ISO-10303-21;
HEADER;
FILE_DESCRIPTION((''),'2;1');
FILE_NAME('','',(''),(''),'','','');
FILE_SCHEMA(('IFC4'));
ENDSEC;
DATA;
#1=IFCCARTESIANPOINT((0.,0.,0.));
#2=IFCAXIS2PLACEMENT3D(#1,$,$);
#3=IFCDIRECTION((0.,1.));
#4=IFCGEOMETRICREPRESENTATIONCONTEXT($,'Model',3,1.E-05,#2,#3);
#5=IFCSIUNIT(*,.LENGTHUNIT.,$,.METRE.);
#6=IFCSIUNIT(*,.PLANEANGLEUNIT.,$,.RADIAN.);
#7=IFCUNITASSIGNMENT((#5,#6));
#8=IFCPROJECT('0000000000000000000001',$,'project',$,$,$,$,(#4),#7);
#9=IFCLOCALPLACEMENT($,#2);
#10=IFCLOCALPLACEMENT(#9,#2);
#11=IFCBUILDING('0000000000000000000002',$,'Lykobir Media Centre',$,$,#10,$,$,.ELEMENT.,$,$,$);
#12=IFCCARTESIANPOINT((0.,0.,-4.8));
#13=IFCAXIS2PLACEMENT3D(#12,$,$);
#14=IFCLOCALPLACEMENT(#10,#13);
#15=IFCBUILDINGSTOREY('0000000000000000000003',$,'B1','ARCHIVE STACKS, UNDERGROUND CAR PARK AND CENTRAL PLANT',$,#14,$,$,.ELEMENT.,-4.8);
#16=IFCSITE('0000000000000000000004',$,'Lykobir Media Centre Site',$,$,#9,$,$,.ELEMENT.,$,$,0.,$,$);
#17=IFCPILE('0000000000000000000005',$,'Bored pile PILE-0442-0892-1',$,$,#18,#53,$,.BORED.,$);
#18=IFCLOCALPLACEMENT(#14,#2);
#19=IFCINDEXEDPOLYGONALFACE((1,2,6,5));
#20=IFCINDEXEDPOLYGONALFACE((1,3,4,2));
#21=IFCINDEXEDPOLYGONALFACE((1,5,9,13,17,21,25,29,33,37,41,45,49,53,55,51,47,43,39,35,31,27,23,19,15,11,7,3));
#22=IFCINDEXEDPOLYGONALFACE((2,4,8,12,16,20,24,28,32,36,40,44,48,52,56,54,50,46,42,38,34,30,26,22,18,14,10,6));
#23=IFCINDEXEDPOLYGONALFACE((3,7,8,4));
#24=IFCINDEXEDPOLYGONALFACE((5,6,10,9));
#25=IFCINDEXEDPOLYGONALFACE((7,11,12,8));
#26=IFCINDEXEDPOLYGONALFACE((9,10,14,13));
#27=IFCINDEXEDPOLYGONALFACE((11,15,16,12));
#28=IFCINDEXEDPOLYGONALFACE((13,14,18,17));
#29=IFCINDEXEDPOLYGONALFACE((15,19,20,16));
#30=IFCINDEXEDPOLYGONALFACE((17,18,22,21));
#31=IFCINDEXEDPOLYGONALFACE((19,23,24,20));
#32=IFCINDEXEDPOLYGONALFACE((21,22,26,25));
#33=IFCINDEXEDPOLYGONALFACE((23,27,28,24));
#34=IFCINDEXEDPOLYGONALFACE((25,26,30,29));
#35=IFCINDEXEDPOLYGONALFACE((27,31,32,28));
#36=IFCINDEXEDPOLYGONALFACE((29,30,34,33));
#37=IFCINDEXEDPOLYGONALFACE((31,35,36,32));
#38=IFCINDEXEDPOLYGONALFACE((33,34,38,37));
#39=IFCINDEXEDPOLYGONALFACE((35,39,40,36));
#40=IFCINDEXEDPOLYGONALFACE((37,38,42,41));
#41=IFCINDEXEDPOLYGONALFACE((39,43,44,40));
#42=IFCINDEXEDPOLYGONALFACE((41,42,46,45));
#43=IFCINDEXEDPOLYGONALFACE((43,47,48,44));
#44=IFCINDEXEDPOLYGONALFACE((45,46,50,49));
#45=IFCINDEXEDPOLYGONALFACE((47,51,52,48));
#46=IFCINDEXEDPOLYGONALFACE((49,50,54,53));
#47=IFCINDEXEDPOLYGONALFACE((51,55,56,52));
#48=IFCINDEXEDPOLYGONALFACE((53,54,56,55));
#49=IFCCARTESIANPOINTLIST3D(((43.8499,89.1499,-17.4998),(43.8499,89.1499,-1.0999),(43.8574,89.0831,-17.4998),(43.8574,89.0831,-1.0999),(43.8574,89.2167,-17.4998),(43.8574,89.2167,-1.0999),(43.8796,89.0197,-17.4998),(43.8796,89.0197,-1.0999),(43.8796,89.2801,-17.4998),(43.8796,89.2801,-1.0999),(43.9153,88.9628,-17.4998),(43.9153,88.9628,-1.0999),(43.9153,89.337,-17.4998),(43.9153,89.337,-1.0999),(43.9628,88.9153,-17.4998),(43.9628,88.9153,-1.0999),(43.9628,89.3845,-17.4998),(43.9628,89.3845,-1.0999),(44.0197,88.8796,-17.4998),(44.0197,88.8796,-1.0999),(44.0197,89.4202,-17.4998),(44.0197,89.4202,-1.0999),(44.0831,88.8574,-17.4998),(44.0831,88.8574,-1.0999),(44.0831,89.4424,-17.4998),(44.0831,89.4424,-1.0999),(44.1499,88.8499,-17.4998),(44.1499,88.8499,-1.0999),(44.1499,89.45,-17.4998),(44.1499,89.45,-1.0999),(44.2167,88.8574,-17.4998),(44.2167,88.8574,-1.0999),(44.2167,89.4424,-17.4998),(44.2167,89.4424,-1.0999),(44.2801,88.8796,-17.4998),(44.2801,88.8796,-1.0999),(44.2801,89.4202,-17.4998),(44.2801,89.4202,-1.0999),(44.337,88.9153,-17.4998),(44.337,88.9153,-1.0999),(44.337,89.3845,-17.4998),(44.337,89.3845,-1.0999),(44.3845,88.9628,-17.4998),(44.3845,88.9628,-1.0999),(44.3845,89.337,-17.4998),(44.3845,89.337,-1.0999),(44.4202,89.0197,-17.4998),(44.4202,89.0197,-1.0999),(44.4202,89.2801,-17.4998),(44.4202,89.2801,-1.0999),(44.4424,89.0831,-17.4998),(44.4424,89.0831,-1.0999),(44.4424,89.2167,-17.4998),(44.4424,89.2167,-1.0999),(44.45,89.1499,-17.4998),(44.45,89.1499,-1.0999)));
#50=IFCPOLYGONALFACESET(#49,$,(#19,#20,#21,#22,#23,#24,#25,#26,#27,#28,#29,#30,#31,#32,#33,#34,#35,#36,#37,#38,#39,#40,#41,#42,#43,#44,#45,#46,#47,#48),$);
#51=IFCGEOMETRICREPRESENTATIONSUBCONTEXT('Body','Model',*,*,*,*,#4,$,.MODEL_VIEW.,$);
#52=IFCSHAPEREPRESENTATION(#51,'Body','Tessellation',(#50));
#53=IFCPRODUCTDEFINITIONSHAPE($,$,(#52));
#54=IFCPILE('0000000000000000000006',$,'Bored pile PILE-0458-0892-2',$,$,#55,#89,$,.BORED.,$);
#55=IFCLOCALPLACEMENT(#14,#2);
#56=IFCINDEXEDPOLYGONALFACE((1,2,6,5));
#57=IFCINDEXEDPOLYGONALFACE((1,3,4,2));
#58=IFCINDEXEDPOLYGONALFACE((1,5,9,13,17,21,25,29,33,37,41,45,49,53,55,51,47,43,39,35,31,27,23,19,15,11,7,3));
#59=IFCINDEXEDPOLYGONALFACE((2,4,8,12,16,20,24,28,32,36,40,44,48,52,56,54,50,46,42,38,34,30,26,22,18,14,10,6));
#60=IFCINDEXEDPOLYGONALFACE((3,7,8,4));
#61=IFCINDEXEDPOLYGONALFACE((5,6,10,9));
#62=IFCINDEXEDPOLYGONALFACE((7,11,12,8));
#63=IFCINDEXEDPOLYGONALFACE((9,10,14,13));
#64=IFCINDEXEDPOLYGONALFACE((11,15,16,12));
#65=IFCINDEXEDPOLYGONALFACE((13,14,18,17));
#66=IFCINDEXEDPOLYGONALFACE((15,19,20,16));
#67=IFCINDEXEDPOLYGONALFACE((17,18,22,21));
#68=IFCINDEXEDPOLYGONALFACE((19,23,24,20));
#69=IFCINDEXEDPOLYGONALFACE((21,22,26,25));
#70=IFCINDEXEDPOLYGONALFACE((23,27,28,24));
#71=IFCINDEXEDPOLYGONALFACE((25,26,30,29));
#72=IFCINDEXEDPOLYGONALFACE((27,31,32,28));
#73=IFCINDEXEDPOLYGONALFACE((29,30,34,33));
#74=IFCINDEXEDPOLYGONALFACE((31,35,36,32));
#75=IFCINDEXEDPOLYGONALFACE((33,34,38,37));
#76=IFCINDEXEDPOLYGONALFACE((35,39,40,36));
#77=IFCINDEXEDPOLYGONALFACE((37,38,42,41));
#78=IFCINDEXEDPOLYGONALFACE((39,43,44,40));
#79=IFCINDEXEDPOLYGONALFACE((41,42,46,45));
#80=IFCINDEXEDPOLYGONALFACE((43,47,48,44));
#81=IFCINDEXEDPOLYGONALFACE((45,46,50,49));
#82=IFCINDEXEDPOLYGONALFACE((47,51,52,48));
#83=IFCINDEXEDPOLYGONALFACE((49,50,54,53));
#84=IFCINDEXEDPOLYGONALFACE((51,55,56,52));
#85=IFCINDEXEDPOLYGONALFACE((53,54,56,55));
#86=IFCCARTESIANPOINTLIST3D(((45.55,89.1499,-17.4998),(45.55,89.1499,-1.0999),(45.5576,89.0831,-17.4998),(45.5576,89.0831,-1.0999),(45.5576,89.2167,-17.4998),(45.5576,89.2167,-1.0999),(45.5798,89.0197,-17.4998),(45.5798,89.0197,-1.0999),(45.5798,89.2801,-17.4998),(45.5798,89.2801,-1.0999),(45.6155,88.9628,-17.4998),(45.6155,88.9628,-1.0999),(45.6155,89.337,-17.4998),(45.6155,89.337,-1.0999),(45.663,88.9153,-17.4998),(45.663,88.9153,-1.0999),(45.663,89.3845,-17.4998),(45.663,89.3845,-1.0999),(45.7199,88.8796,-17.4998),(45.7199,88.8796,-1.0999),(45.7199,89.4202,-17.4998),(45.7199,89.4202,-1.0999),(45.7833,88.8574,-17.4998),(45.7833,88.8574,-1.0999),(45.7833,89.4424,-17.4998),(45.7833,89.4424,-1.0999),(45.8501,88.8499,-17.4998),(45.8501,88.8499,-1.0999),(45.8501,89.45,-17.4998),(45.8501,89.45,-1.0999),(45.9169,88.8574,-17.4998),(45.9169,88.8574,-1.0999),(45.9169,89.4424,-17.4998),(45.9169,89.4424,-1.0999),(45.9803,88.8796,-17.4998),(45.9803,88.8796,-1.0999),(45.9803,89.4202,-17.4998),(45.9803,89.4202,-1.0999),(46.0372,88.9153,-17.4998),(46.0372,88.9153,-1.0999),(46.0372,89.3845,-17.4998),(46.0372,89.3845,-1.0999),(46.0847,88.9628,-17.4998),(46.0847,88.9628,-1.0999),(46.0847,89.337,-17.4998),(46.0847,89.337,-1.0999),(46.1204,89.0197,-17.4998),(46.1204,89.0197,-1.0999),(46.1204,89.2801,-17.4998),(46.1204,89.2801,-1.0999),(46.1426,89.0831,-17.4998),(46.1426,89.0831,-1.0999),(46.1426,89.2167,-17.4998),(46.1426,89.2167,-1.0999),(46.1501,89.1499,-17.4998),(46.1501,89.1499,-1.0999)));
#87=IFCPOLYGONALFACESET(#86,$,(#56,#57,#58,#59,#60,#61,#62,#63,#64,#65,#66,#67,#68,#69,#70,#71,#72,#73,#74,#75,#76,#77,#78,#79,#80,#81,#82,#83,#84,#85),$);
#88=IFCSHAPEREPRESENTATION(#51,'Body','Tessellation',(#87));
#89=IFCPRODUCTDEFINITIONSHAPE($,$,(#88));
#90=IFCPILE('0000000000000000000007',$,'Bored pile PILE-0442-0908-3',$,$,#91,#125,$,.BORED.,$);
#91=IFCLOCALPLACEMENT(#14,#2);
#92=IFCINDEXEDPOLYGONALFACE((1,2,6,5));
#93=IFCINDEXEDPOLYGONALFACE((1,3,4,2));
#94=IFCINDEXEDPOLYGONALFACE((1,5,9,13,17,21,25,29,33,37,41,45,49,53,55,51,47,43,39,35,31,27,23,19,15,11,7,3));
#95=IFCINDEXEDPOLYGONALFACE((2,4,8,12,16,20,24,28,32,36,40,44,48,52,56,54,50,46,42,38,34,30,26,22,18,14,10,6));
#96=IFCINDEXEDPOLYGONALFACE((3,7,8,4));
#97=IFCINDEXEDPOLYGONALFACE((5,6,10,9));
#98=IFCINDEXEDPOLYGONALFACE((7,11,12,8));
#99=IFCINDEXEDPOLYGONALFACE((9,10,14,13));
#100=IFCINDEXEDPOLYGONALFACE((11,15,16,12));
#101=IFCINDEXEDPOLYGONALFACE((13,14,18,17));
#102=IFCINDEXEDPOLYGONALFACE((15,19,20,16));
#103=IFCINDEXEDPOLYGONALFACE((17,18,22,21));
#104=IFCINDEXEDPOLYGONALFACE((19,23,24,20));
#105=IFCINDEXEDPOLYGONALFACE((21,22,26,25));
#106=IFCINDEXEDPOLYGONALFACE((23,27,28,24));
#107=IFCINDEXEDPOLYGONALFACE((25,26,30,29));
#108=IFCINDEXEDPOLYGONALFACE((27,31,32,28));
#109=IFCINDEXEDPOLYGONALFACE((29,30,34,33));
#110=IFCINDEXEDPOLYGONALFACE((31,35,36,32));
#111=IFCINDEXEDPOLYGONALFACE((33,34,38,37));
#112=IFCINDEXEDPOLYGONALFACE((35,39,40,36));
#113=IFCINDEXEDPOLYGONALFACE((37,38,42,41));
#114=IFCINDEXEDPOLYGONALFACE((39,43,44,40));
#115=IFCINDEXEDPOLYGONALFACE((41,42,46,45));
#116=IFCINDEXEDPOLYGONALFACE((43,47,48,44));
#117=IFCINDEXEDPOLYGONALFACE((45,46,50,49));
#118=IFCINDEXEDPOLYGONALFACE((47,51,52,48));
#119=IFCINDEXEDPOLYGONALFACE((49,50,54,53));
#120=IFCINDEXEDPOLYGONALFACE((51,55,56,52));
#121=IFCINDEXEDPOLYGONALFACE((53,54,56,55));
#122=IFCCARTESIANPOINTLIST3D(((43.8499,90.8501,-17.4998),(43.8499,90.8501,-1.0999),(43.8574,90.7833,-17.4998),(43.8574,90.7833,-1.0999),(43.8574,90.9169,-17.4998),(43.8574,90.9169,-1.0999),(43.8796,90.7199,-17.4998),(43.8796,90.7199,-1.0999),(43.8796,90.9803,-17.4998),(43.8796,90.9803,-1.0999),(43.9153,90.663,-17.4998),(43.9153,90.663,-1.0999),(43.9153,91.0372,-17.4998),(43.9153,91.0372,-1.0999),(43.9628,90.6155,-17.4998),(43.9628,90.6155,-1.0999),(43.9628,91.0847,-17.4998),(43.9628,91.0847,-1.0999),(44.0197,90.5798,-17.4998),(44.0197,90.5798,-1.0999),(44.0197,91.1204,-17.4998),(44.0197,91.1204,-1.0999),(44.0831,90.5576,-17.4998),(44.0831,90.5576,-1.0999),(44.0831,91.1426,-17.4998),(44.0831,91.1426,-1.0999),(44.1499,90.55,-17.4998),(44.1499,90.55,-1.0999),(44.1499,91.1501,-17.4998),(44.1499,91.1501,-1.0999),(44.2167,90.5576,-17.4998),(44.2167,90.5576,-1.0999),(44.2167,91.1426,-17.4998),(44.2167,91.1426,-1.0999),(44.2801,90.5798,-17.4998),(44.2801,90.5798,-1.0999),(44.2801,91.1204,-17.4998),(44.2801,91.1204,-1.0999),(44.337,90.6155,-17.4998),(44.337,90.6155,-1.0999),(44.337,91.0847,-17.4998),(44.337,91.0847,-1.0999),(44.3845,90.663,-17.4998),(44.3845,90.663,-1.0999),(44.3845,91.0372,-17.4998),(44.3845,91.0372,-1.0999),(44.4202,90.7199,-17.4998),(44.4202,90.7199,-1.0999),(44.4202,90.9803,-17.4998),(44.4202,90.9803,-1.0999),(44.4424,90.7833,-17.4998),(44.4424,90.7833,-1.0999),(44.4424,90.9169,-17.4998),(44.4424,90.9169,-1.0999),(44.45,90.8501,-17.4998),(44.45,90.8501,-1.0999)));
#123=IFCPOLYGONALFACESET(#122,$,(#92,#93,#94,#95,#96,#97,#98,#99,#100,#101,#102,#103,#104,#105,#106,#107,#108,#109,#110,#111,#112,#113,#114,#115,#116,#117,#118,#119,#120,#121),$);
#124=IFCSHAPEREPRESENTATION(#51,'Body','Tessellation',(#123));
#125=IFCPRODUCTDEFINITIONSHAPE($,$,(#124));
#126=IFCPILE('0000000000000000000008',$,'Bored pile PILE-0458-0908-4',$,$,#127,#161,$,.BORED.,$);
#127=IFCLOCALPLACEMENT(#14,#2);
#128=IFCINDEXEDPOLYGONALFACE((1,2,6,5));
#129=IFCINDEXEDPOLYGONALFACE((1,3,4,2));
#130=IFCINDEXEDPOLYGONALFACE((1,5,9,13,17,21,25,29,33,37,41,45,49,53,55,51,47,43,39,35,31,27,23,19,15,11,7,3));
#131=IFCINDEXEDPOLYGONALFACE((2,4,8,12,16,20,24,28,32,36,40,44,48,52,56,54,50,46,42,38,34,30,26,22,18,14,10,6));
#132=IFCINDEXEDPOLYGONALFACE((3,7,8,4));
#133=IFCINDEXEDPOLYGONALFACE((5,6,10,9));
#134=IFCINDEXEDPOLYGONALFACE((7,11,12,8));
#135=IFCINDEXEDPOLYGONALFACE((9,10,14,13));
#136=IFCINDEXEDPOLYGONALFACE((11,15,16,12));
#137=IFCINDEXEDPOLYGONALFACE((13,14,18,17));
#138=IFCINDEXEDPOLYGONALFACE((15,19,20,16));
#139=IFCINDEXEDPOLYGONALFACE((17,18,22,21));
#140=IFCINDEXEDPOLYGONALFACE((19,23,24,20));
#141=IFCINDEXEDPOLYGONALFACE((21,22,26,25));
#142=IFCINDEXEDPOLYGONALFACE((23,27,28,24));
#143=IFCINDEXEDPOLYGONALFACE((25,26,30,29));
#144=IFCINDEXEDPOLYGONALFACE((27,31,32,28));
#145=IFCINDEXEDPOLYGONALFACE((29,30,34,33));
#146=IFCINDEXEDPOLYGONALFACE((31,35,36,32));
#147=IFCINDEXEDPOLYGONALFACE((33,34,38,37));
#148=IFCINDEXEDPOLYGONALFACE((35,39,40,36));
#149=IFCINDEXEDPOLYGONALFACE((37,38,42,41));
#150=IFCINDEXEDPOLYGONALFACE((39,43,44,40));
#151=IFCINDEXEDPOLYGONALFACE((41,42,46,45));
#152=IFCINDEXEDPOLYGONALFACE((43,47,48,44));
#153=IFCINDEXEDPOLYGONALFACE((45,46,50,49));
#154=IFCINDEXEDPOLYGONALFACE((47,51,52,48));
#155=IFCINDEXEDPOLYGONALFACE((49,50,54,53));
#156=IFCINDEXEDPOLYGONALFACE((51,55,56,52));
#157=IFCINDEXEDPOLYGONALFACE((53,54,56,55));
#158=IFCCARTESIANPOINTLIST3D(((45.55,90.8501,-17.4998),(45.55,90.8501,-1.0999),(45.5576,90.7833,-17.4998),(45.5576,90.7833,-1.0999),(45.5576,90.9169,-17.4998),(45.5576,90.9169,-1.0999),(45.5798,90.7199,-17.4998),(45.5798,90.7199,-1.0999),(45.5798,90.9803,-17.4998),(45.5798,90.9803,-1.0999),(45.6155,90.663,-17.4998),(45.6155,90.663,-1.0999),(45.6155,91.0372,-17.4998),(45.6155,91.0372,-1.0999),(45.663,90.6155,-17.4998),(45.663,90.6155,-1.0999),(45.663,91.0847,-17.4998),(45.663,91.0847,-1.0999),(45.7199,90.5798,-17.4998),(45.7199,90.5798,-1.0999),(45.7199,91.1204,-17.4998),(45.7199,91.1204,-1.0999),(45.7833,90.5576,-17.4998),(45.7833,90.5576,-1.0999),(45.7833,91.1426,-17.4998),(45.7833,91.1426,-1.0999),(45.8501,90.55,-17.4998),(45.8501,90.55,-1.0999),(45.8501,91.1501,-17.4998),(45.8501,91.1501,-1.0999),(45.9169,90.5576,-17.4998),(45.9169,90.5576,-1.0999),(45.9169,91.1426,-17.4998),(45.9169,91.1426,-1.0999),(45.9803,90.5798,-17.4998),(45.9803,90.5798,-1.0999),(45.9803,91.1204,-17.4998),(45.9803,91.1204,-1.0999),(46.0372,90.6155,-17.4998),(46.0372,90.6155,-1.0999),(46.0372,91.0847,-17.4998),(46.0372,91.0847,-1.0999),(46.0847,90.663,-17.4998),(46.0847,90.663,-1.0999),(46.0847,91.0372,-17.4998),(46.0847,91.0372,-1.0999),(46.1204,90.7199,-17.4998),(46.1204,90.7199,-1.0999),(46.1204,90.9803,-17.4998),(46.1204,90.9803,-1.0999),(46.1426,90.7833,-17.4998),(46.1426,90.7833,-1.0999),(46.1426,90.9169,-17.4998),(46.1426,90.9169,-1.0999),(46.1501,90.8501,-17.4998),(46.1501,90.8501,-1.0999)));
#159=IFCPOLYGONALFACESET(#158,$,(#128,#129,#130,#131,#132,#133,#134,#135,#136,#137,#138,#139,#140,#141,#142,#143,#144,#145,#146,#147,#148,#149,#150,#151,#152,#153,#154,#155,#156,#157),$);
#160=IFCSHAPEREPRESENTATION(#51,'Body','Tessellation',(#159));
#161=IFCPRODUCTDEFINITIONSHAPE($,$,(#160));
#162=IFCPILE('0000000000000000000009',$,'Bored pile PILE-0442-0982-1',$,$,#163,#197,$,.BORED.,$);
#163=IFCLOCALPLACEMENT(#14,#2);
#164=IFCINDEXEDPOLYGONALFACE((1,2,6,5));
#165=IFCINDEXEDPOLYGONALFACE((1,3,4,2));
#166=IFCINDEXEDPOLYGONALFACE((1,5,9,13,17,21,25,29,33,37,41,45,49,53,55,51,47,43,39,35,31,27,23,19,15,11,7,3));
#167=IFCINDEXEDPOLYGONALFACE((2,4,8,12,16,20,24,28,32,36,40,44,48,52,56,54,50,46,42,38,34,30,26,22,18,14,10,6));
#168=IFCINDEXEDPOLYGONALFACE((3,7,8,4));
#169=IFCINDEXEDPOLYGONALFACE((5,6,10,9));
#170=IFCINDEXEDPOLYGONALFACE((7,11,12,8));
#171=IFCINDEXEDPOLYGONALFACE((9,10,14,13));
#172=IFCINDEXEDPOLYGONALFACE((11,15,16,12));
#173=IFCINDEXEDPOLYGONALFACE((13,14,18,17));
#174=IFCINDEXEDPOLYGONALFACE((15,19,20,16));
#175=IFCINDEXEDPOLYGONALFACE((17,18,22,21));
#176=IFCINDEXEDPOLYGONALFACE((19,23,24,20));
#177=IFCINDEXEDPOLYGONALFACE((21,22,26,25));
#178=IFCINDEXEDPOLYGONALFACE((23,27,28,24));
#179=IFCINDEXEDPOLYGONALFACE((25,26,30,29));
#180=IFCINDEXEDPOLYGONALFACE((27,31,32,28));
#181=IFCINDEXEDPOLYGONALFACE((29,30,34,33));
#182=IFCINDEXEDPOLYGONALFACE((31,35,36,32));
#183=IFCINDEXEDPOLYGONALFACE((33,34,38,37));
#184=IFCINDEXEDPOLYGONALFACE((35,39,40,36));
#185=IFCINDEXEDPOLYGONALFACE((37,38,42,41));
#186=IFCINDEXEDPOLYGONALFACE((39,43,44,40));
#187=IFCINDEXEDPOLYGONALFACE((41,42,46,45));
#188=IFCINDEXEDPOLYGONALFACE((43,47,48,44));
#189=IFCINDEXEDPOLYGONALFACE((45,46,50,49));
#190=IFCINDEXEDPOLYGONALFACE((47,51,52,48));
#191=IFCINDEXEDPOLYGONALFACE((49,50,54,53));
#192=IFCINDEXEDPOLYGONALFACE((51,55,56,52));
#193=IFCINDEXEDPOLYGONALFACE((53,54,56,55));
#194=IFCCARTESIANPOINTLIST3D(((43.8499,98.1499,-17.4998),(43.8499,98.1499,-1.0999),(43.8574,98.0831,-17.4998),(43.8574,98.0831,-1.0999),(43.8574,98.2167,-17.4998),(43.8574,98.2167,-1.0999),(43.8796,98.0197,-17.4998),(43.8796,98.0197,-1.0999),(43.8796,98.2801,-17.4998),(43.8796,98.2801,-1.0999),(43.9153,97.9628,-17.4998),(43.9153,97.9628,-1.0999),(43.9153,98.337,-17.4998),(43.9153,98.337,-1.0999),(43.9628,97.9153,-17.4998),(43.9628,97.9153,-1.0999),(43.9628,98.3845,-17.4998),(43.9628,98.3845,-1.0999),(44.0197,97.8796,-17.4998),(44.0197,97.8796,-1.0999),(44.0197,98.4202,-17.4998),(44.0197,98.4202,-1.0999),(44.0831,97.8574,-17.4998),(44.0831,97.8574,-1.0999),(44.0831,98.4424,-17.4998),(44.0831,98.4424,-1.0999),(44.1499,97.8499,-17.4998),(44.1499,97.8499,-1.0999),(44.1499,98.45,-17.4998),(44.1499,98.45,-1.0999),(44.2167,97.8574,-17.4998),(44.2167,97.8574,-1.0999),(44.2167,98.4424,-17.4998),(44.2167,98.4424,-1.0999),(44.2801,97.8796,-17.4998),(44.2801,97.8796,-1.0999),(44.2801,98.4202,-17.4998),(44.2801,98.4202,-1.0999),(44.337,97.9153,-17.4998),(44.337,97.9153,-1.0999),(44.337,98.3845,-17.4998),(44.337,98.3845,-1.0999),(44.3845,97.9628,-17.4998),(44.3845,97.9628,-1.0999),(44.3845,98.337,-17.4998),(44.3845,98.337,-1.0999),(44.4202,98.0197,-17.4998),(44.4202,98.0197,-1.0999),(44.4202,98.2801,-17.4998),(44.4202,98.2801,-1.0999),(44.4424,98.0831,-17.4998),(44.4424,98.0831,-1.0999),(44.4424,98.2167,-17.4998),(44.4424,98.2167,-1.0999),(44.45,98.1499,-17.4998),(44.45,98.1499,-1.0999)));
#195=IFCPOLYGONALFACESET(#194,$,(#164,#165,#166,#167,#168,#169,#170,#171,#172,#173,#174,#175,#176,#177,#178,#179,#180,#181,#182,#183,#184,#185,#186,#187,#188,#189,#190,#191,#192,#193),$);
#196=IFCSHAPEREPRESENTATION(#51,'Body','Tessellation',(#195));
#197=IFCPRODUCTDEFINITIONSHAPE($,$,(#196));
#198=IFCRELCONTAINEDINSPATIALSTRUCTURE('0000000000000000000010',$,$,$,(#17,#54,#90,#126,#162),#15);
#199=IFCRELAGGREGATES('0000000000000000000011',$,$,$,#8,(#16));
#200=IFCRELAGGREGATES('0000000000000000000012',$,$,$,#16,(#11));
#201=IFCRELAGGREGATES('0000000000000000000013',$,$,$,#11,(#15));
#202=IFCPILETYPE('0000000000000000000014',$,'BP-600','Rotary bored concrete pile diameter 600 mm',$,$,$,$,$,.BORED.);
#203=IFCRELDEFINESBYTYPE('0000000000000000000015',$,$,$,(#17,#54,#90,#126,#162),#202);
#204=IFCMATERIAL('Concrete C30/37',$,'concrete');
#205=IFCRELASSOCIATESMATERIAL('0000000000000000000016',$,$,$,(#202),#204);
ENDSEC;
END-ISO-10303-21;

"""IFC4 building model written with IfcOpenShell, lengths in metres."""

from ifc_helpers import new_model, si_unit, direction, frame, origin, origin_2d, place, context, subcontext, project, spatial, circle, extrude, material, material_profile, profile_set, type_object, element, save


model = new_model("IFC4")

# Units and contexts
model_context = context("Model", 3, precision=1e-05, world=origin(), true_north=direction((0.0, 1.0)))
body_context = subcontext(model_context, "Body", "Model", "MODEL_VIEW")
ifc_project = project(units=[si_unit("LENGTHUNIT", "METRE"), si_unit("PLANEANGLEUNIT", "RADIAN")], contexts=[model_context])

# Site, building, storey
site_placement = place(None, origin())
site = spatial("IfcSite", under=ifc_project, at=site_placement, Name="Lykobir Media Centre Site", CompositionType="ELEMENT", RefElevation=0.0)
building_placement = place(site_placement, origin())
building = spatial("IfcBuilding", under=site, at=building_placement, Name="Lykobir Media Centre", CompositionType="ELEMENT")
storey_placement = place(building_placement, frame((0.0, 0.0, -4.8)))
storey = spatial("IfcBuildingStorey", under=building, at=storey_placement, Name="B1", Description="ARCHIVE STACKS, UNDERGROUND CAR PARK AND CENTRAL PLANT", CompositionType="ELEMENT", Elevation=-4.8)

# Piles
ifc_material_1 = material(Name="Concrete C30/37", Category="concrete")
ifc_material_profile_1 = material_profile(ifc_material_1, circle(Radius=0.3, at=origin_2d()), Name="BORED PILE D600")
ifc_profile_set_1 = profile_set([ifc_material_profile_1], Name="Concrete C30/37")
pile_type = type_object("IfcPileType", Name="BP-600", Description="Rotary bored concrete pile diameter 600 mm", PredefinedType="BORED", material=ifc_profile_set_1)
for number, where, z_axis, x_axis, name in (
    (1, (44.1499, 89.1499, -1.0999), (0.0, 0.0, -1.0), (1.0, 0.0, 0.0), "Bored pile PILE-0442-0892-1"),
    (2, (45.8501, 89.1499, -1.0999), (0.0, 0.0, -1.0), (1.0, 0.0, 0.0), "Bored pile PILE-0458-0892-2"),
    (3, (44.1499, 90.8501, -1.0999), (0.0, 0.0, -1.0), (1.0, 0.0, 0.0), "Bored pile PILE-0442-0908-3"),
    (4, (45.8501, 90.8501, -1.0999), (0.0, 0.0, -1.0), (1.0, 0.0, 0.0), "Bored pile PILE-0458-0908-4"),
    (5, (44.1499, 98.1499, -1.0999), (0.0, 0.0, -1.0), (1.0, 0.0, 0.0), "Bored pile PILE-0442-0982-1"),
):
    element("IfcPile", number, at=place(storey_placement, frame(where, z_axis=z_axis, x_axis=x_axis)), inside=storey, type_object=pile_type, Name=name, PredefinedType="BORED", context=body_context, shape_type="SweptSolid", body=[
        extrude(circle(Radius=0.3, at=origin_2d()), origin(), (0.0, 0.0, 1.0), 16.3999),
    ])

save(model, "model.ifc")
